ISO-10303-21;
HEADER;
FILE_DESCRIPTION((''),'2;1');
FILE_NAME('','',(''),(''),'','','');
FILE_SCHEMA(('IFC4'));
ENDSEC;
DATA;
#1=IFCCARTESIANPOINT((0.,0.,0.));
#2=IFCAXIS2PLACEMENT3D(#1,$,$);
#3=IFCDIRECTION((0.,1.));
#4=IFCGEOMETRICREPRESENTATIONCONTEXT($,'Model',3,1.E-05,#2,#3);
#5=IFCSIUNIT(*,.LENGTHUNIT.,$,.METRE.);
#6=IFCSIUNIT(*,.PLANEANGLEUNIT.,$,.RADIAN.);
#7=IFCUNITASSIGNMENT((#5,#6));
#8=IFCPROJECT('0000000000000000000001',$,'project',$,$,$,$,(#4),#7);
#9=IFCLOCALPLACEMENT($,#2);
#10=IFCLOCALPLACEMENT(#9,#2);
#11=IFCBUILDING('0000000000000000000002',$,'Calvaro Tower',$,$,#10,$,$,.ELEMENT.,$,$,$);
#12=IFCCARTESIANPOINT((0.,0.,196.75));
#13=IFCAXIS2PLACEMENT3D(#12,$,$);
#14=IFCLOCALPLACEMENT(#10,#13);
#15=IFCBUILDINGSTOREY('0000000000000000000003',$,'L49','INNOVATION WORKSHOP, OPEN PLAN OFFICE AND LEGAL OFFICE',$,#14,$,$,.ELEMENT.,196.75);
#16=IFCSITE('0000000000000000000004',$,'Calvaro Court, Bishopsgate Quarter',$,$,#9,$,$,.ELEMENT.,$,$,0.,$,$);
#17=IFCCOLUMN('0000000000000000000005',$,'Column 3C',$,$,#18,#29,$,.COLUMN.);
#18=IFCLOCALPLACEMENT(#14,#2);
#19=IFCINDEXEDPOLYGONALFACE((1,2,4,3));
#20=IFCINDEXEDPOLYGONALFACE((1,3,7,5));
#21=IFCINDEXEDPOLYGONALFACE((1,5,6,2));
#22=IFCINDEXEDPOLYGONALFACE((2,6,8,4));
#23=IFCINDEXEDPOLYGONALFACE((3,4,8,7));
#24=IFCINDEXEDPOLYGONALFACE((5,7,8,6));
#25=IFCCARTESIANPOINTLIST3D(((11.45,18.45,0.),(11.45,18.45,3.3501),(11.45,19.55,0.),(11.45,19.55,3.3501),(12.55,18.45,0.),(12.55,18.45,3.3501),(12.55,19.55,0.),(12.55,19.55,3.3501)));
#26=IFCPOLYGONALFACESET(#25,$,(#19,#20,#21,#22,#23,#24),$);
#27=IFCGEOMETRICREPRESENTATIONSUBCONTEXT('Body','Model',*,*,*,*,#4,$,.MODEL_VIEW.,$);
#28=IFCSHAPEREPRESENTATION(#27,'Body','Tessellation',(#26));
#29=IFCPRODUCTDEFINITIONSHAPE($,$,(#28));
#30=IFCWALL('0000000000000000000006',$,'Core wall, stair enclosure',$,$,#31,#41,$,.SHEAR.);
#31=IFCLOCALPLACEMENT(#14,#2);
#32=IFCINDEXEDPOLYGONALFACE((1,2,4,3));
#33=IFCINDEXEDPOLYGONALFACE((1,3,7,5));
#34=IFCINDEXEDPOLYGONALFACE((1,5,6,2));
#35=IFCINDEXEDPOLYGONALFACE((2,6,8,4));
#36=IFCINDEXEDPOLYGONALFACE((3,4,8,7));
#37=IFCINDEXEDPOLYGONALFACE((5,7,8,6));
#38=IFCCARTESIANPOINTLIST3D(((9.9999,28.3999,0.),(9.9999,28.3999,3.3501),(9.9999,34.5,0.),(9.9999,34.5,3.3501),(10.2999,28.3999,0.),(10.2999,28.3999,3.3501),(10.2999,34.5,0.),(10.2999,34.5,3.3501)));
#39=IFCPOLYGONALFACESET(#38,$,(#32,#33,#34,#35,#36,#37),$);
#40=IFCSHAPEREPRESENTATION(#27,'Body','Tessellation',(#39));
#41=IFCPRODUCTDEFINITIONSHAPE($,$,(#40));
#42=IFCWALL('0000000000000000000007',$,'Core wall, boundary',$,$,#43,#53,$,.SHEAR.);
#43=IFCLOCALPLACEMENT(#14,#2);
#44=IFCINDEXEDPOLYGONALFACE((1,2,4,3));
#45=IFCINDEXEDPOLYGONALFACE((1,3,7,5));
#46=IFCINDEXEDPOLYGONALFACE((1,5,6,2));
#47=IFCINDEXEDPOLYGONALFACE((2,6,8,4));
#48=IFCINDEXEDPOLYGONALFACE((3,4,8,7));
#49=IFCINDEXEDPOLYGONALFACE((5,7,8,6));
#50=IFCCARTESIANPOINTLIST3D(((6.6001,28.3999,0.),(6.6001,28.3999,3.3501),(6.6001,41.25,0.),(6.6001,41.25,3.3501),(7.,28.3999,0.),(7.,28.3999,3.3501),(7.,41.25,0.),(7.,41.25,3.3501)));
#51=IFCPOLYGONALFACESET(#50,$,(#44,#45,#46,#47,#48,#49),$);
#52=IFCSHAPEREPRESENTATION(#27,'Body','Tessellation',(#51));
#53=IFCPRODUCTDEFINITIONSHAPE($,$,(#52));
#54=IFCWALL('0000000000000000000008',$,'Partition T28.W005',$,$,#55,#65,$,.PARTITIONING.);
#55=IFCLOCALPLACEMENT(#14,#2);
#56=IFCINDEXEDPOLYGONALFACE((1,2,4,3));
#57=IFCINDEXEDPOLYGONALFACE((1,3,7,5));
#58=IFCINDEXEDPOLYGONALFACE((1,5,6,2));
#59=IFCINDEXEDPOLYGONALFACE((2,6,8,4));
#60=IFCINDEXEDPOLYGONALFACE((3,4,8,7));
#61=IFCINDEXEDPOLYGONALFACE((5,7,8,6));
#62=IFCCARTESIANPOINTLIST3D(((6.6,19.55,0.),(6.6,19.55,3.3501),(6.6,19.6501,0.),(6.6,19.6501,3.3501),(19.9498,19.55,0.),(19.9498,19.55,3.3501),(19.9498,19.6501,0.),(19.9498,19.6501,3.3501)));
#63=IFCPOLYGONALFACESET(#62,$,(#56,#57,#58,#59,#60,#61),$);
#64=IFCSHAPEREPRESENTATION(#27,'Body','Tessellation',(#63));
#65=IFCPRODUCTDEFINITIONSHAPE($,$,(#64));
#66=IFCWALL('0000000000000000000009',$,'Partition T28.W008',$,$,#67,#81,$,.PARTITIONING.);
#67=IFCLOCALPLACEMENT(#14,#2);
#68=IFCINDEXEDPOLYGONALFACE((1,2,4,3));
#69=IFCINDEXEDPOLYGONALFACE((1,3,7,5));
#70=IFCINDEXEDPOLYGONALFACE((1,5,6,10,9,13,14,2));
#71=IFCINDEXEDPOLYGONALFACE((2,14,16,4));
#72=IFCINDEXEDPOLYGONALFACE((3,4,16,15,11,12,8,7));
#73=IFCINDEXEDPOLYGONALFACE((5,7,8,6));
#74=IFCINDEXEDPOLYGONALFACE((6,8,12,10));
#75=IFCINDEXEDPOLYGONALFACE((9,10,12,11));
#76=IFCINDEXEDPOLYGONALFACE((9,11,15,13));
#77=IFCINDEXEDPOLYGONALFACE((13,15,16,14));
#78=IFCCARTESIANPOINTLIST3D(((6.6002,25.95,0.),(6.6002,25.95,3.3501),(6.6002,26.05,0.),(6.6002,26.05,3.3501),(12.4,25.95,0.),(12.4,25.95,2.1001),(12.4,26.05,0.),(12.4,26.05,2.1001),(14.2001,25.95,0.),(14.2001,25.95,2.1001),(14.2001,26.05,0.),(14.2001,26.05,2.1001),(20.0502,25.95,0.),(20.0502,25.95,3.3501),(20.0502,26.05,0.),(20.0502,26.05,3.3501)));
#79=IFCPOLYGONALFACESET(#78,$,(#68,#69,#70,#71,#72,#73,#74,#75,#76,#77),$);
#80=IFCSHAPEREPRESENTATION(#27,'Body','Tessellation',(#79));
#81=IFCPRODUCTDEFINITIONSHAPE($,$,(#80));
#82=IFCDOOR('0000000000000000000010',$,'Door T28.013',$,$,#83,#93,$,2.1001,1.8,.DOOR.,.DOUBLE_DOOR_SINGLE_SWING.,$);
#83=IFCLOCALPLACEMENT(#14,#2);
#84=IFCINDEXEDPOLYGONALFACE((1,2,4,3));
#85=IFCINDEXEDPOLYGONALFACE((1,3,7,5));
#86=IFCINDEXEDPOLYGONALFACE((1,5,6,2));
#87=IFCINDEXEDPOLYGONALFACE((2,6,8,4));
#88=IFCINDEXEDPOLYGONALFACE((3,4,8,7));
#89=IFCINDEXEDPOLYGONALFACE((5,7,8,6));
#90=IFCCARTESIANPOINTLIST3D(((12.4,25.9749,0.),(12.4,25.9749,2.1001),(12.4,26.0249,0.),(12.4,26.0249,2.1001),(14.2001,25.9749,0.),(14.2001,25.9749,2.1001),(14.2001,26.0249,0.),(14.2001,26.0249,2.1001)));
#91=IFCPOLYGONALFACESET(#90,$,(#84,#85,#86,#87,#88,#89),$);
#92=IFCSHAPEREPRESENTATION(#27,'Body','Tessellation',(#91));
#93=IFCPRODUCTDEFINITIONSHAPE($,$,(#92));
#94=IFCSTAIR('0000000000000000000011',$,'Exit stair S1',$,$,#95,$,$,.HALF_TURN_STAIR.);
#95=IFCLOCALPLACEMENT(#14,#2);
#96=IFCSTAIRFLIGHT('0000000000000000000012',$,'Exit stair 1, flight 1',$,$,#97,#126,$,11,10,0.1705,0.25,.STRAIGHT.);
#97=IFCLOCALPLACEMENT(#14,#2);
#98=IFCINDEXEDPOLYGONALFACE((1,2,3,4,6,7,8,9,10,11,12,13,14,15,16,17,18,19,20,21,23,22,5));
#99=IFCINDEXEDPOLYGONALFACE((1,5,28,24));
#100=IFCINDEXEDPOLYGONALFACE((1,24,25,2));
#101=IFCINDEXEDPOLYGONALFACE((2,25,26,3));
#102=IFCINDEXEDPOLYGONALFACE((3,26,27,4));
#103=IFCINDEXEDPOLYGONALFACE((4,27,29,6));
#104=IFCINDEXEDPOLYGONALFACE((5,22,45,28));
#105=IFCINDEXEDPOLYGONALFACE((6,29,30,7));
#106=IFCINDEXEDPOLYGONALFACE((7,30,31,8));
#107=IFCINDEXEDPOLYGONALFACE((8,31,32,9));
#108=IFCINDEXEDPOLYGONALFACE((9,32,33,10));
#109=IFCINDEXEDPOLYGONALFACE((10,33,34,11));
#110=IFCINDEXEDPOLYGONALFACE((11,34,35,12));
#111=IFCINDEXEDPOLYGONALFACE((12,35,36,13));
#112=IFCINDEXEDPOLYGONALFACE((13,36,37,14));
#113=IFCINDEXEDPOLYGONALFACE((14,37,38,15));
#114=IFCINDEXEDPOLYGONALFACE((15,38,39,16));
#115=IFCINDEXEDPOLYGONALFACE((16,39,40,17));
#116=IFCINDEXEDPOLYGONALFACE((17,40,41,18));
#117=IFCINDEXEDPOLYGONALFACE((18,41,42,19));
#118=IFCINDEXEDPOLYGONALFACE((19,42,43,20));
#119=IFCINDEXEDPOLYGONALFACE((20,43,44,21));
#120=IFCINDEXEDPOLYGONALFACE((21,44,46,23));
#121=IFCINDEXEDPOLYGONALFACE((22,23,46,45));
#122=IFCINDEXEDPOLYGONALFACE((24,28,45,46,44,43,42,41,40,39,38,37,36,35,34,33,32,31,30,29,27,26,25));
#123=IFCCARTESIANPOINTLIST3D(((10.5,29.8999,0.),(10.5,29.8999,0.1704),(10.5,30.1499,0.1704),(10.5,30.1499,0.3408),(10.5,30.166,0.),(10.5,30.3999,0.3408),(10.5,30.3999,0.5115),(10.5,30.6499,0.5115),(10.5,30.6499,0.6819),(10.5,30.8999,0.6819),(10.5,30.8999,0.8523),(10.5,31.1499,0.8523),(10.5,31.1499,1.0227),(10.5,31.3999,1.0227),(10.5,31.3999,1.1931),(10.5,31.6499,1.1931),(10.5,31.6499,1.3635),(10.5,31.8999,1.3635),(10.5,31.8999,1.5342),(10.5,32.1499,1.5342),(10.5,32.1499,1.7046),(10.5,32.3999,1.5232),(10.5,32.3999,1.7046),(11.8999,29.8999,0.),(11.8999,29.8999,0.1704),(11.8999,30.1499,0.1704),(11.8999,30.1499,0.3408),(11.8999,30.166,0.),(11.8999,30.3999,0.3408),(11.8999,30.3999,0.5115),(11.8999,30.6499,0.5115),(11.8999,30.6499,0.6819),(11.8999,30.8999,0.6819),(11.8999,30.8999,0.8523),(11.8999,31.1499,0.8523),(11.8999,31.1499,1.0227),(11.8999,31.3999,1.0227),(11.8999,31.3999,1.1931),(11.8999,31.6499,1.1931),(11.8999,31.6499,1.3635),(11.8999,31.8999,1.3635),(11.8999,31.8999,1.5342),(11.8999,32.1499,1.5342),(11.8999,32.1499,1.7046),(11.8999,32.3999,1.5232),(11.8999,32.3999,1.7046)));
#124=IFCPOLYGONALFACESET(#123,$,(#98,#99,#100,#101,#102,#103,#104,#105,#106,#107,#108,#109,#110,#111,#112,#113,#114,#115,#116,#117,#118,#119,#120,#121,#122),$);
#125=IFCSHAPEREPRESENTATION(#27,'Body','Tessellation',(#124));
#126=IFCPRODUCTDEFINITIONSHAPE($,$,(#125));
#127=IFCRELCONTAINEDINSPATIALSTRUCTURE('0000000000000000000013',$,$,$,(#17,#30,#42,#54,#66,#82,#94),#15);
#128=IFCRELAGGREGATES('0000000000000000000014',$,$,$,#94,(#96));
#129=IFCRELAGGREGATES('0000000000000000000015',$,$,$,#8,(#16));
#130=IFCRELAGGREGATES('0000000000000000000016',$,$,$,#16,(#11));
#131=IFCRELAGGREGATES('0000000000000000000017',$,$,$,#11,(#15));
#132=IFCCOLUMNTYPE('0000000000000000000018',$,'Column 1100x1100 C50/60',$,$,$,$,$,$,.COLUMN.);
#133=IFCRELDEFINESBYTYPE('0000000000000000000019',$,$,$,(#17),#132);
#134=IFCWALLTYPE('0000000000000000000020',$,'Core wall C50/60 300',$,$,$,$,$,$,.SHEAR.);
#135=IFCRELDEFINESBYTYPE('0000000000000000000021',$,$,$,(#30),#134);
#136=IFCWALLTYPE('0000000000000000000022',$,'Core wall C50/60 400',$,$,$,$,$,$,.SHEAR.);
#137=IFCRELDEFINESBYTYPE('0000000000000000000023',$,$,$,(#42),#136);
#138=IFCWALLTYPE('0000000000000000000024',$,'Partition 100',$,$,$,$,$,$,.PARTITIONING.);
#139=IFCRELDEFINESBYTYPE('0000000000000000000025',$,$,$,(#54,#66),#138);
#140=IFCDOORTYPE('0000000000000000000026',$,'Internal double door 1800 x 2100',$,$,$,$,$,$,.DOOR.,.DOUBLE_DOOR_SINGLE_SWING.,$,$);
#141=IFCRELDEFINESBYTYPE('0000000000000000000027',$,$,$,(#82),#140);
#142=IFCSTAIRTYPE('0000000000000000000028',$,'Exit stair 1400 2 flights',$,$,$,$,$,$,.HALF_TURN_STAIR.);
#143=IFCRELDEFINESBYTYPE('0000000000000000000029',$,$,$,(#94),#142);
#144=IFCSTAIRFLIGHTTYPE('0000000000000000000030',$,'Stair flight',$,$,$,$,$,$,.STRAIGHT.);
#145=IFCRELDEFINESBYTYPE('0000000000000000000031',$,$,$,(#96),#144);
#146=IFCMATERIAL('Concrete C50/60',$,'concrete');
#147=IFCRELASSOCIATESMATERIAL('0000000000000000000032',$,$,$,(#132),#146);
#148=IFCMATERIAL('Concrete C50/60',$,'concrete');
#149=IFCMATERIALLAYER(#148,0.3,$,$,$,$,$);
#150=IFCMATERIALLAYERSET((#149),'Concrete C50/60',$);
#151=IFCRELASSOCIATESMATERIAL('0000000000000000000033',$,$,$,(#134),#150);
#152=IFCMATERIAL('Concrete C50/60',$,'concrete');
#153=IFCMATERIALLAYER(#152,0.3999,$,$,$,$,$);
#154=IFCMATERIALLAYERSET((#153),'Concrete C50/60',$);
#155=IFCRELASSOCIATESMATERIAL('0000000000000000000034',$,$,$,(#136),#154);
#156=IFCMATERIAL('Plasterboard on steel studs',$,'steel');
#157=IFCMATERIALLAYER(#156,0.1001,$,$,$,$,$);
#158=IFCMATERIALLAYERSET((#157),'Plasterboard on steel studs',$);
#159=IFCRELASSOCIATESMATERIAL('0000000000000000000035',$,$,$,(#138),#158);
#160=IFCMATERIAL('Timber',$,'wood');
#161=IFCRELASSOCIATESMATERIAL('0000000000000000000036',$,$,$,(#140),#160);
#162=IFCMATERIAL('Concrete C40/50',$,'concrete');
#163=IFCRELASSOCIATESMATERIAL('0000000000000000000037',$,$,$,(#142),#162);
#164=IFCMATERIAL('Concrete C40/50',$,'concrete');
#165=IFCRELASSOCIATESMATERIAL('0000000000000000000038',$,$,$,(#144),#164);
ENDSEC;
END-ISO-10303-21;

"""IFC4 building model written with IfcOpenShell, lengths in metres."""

from ifc_helpers import new_model, si_unit, direction, frame, frame_2d, origin, origin_2d, place, context, subcontext, project, spatial, polyline, rectangle, outline, extrude, material, layer, layer_set, material_profile, profile_set, type_object, element, fill, aggregate, save


model = new_model("IFC4")

# Units and contexts
model_context = context("Model", 3, precision=1e-05, world=origin(), true_north=direction((0.0, 1.0)))
body_context = subcontext(model_context, "Body", "Model", "MODEL_VIEW")
ifc_project = project(units=[si_unit("LENGTHUNIT", "METRE"), si_unit("PLANEANGLEUNIT", "RADIAN")], contexts=[model_context])

# Site, building, storey
site_placement = place(None, origin())
site = spatial("IfcSite", under=ifc_project, at=site_placement, Name="Calvaro Court, Bishopsgate Quarter", CompositionType="ELEMENT", RefElevation=0.0)
building_placement = place(site_placement, origin())
building = spatial("IfcBuilding", under=site, at=building_placement, Name="Calvaro Tower", CompositionType="ELEMENT")
storey_placement = place(building_placement, frame((0.0, 0.0, 196.75)))
storey = spatial("IfcBuildingStorey", under=building, at=storey_placement, Name="L49", Description="INNOVATION WORKSHOP, OPEN PLAN OFFICE AND LEGAL OFFICE", CompositionType="ELEMENT", Elevation=196.75)

# Column
ifc_material_1 = material(Name="Concrete C50/60", Category="concrete")
ifc_material_profile = material_profile(ifc_material_1, rectangle(XDim=1.1001, YDim=1.1001, at=origin_2d()), Name="RC 1100x1100")
ifc_profile_set = profile_set([ifc_material_profile], Name="Concrete C50/60")
column_type = type_object("IfcColumnType", Name="Column 1100x1100 C50/60", PredefinedType="COLUMN", material=ifc_profile_set)
column_placement = place(storey_placement, frame((12.0, 19.0, 0.0), z_axis=(0.0, 0.0, 1.0), x_axis=(1.0, 0.0, 0.0)))
element("IfcColumn", 1, at=column_placement, inside=storey, type_object=column_type, Name="Column 3C", PredefinedType="COLUMN", context=body_context, shape_type="SweptSolid", body=[
    extrude(rectangle(XDim=1.1001, YDim=1.1001, at=origin_2d()), origin(), (0.0, 0.0, 1.0), 3.3501),
])

# Wall
ifc_material_2 = material(Name="Concrete C50/60", Category="concrete")
ifc_layer_1 = layer(ifc_material_2, 0.3)
ifc_layer_set_1 = layer_set([ifc_layer_1], Name="Concrete C50/60")
wall_type_1 = type_object("IfcWallType", Name="Core wall C50/60 300", PredefinedType="SHEAR", material=ifc_layer_set_1)
wall_1_placement = place(storey_placement, frame((10.1499, 28.3999, 0.0), z_axis=(0.0, 0.0, 1.0), x_axis=(0.0, 1.0, 0.0)))
element("IfcWall", 2, at=wall_1_placement, inside=storey, type_object=wall_type_1, Name="Core wall, stair enclosure", PredefinedType="SHEAR", context=body_context, shape_type="SweptSolid", body=[
    extrude(rectangle(XDim=6.1001, YDim=0.3, at=frame_2d((3.05, 0.0))), origin(), (0.0, 0.0, 1.0), 3.3501),
])

# Shared definitions
ifc_material_3 = material(Name="Concrete C50/60", Category="concrete")
ifc_layer_2 = layer(ifc_material_3, 0.3999)
ifc_layer_set_2 = layer_set([ifc_layer_2], Name="Concrete C50/60")
wall_type_2 = type_object("IfcWallType", Name="Core wall C50/60 400", PredefinedType="SHEAR", material=ifc_layer_set_2)

# Walls
wall_2_placement = place(storey_placement, frame((6.8, 28.3999, 0.0), z_axis=(0.0, 0.0, 1.0), x_axis=(0.0, 1.0, 0.0)))
element("IfcWall", 3, at=wall_2_placement, inside=storey, type_object=wall_type_2, Name="Core wall, boundary", PredefinedType="SHEAR", context=body_context, shape_type="SweptSolid", body=[
    extrude(rectangle(XDim=12.8501, YDim=0.3999, at=frame_2d((6.425, 0.0))), origin(), (0.0, 0.0, 1.0), 3.3501),
])
ifc_material_4 = material(Name="Plasterboard on steel studs", Category="steel")
ifc_layer_3 = layer(ifc_material_4, 0.1001)
ifc_layer_set_3 = layer_set([ifc_layer_3], Name="Plasterboard on steel studs")
wall_type_3 = type_object("IfcWallType", Name="Partition 100", PredefinedType="PARTITIONING", material=ifc_layer_set_3)
wall_3_placement = place(storey_placement, frame((6.6001, 19.6001, 0.0), z_axis=(0.0, 0.0, 1.0), x_axis=(1.0, 0.0, 0.0)))
element("IfcWall", 4, at=wall_3_placement, inside=storey, type_object=wall_type_3, Name="Partition T28.W005", PredefinedType="PARTITIONING", context=body_context, shape_type="SweptSolid", body=[
    extrude(rectangle(XDim=13.3499, YDim=0.1001, at=frame_2d((6.6748, 0.0))), origin(), (0.0, 0.0, 1.0), 3.3501),
])

# Wall, opening, door
wall_4_placement = place(storey_placement, frame((6.6001, 26.0, 0.0), z_axis=(0.0, 0.0, 1.0), x_axis=(1.0, 0.0, 0.0)))
wall_4 = element("IfcWall", 5, at=wall_4_placement, inside=storey, type_object=wall_type_3, Name="Partition T28.W008", PredefinedType="PARTITIONING", context=body_context, shape_type="SweptSolid", body=[
    extrude(rectangle(XDim=13.45, YDim=0.1001, at=frame_2d((6.7251, 0.0))), origin(), (0.0, 0.0, 1.0), 3.3501),
])
opening_1_placement = place(wall_4_placement, frame((5.8, 0.0, 0.0)))
opening_1 = element("IfcOpeningElement", 6, at=opening_1_placement, cuts=wall_4, PredefinedType="OPENING", context=body_context, shape_type="SweptSolid", body=[
    extrude(rectangle(XDim=1.8, YDim=2.1001, at=frame_2d((0.8999, 1.05))), frame((0.0, 0.0601, 0.0), z_axis=(0.0, -1.0, 0.0), x_axis=(1.0, 0.0, 0.0)), (0.0, 0.0, 1.0), 0.1201),
])
ifc_material_5 = material(Name="Timber", Category="wood")
door_type_1 = type_object("IfcDoorType", Name="Internal double door 1800 x 2100", OperationType="DOUBLE_DOOR_SINGLE_SWING", PredefinedType="DOOR", material=ifc_material_5)
door_1_placement = place(opening_1_placement, origin())
door_1 = element("IfcDoor", 7, at=door_1_placement, inside=storey, type_object=door_type_1, Name="Door T28.013", OperationType="DOUBLE_DOOR_SINGLE_SWING", OverallHeight=2.1001, OverallWidth=1.8, PredefinedType="DOOR", context=body_context, shape_type="SweptSolid", body=[
    extrude(rectangle(XDim=1.8, YDim=2.1001, at=frame_2d((0.8999, 1.05))), frame((0.0, 0.0249, 0.0), z_axis=(0.0, -1.0, 0.0), x_axis=(1.0, 0.0, 0.0)), (0.0, 0.0, 1.0), 0.05),
])
fill(opening_1, door_1)

# Stair, stair flight
ifc_material_6 = material(Name="Concrete C40/50", Category="concrete")
stair_type = type_object("IfcStairType", Name="Exit stair 1400 2 flights", PredefinedType="HALF_TURN_STAIR", material=ifc_material_6)
stair_placement = place(storey_placement, origin())
stair = element("IfcStair", 8, at=stair_placement, inside=storey, type_object=stair_type, Name="Exit stair S1", PredefinedType="HALF_TURN_STAIR")
ifc_material_7 = material(Name="Concrete C40/50", Category="concrete")
stair_flight_type = type_object("IfcStairFlightType", Name="Stair flight", PredefinedType="STRAIGHT", material=ifc_material_7)
stair_flight_placement = place(storey_placement, frame((11.2, 29.8999, 0.0), z_axis=(0.0, 0.0, 1.0), x_axis=(0.0, 1.0, 0.0)))
stair_flight = element("IfcStairFlight", 9, at=stair_flight_placement, type_object=stair_flight_type, Name="Exit stair 1, flight 1", NumberOfRisers=11, NumberOfTreads=10, PredefinedType="STRAIGHT", RiserHeight=0.1705, TreadLength=0.25, context=body_context, shape_type="SweptSolid", body=[
    extrude(outline(polyline([(0.0, 0.0), (0.0, 0.1704), (0.25, 0.1704), (0.25, 0.3408), (0.5, 0.3408), (0.5, 0.5115), (0.75, 0.5115), (0.75, 0.6819), (1.0, 0.6819), (1.0, 0.8523), (1.25, 0.8523), (1.25, 1.0227), (1.5, 1.0227), (1.5, 1.1931), (1.75, 1.1931), (1.75, 1.3635), (2.0, 1.3635), (2.0, 1.5342), (2.25, 1.5342), (2.25, 1.7046), (2.5, 1.7046), (2.5, 1.875), (2.5, 1.5232), (0.2661, 0.0), (0.0, 0.0)])), frame((0.0, 0.7, 0.0), z_axis=(0.0, -1.0, 0.0), x_axis=(1.0, 0.0, 0.0)), (0.0, 0.0, 1.0), 1.3999),
])
aggregate(stair, [stair_flight])

save(model, "model.ifc")
